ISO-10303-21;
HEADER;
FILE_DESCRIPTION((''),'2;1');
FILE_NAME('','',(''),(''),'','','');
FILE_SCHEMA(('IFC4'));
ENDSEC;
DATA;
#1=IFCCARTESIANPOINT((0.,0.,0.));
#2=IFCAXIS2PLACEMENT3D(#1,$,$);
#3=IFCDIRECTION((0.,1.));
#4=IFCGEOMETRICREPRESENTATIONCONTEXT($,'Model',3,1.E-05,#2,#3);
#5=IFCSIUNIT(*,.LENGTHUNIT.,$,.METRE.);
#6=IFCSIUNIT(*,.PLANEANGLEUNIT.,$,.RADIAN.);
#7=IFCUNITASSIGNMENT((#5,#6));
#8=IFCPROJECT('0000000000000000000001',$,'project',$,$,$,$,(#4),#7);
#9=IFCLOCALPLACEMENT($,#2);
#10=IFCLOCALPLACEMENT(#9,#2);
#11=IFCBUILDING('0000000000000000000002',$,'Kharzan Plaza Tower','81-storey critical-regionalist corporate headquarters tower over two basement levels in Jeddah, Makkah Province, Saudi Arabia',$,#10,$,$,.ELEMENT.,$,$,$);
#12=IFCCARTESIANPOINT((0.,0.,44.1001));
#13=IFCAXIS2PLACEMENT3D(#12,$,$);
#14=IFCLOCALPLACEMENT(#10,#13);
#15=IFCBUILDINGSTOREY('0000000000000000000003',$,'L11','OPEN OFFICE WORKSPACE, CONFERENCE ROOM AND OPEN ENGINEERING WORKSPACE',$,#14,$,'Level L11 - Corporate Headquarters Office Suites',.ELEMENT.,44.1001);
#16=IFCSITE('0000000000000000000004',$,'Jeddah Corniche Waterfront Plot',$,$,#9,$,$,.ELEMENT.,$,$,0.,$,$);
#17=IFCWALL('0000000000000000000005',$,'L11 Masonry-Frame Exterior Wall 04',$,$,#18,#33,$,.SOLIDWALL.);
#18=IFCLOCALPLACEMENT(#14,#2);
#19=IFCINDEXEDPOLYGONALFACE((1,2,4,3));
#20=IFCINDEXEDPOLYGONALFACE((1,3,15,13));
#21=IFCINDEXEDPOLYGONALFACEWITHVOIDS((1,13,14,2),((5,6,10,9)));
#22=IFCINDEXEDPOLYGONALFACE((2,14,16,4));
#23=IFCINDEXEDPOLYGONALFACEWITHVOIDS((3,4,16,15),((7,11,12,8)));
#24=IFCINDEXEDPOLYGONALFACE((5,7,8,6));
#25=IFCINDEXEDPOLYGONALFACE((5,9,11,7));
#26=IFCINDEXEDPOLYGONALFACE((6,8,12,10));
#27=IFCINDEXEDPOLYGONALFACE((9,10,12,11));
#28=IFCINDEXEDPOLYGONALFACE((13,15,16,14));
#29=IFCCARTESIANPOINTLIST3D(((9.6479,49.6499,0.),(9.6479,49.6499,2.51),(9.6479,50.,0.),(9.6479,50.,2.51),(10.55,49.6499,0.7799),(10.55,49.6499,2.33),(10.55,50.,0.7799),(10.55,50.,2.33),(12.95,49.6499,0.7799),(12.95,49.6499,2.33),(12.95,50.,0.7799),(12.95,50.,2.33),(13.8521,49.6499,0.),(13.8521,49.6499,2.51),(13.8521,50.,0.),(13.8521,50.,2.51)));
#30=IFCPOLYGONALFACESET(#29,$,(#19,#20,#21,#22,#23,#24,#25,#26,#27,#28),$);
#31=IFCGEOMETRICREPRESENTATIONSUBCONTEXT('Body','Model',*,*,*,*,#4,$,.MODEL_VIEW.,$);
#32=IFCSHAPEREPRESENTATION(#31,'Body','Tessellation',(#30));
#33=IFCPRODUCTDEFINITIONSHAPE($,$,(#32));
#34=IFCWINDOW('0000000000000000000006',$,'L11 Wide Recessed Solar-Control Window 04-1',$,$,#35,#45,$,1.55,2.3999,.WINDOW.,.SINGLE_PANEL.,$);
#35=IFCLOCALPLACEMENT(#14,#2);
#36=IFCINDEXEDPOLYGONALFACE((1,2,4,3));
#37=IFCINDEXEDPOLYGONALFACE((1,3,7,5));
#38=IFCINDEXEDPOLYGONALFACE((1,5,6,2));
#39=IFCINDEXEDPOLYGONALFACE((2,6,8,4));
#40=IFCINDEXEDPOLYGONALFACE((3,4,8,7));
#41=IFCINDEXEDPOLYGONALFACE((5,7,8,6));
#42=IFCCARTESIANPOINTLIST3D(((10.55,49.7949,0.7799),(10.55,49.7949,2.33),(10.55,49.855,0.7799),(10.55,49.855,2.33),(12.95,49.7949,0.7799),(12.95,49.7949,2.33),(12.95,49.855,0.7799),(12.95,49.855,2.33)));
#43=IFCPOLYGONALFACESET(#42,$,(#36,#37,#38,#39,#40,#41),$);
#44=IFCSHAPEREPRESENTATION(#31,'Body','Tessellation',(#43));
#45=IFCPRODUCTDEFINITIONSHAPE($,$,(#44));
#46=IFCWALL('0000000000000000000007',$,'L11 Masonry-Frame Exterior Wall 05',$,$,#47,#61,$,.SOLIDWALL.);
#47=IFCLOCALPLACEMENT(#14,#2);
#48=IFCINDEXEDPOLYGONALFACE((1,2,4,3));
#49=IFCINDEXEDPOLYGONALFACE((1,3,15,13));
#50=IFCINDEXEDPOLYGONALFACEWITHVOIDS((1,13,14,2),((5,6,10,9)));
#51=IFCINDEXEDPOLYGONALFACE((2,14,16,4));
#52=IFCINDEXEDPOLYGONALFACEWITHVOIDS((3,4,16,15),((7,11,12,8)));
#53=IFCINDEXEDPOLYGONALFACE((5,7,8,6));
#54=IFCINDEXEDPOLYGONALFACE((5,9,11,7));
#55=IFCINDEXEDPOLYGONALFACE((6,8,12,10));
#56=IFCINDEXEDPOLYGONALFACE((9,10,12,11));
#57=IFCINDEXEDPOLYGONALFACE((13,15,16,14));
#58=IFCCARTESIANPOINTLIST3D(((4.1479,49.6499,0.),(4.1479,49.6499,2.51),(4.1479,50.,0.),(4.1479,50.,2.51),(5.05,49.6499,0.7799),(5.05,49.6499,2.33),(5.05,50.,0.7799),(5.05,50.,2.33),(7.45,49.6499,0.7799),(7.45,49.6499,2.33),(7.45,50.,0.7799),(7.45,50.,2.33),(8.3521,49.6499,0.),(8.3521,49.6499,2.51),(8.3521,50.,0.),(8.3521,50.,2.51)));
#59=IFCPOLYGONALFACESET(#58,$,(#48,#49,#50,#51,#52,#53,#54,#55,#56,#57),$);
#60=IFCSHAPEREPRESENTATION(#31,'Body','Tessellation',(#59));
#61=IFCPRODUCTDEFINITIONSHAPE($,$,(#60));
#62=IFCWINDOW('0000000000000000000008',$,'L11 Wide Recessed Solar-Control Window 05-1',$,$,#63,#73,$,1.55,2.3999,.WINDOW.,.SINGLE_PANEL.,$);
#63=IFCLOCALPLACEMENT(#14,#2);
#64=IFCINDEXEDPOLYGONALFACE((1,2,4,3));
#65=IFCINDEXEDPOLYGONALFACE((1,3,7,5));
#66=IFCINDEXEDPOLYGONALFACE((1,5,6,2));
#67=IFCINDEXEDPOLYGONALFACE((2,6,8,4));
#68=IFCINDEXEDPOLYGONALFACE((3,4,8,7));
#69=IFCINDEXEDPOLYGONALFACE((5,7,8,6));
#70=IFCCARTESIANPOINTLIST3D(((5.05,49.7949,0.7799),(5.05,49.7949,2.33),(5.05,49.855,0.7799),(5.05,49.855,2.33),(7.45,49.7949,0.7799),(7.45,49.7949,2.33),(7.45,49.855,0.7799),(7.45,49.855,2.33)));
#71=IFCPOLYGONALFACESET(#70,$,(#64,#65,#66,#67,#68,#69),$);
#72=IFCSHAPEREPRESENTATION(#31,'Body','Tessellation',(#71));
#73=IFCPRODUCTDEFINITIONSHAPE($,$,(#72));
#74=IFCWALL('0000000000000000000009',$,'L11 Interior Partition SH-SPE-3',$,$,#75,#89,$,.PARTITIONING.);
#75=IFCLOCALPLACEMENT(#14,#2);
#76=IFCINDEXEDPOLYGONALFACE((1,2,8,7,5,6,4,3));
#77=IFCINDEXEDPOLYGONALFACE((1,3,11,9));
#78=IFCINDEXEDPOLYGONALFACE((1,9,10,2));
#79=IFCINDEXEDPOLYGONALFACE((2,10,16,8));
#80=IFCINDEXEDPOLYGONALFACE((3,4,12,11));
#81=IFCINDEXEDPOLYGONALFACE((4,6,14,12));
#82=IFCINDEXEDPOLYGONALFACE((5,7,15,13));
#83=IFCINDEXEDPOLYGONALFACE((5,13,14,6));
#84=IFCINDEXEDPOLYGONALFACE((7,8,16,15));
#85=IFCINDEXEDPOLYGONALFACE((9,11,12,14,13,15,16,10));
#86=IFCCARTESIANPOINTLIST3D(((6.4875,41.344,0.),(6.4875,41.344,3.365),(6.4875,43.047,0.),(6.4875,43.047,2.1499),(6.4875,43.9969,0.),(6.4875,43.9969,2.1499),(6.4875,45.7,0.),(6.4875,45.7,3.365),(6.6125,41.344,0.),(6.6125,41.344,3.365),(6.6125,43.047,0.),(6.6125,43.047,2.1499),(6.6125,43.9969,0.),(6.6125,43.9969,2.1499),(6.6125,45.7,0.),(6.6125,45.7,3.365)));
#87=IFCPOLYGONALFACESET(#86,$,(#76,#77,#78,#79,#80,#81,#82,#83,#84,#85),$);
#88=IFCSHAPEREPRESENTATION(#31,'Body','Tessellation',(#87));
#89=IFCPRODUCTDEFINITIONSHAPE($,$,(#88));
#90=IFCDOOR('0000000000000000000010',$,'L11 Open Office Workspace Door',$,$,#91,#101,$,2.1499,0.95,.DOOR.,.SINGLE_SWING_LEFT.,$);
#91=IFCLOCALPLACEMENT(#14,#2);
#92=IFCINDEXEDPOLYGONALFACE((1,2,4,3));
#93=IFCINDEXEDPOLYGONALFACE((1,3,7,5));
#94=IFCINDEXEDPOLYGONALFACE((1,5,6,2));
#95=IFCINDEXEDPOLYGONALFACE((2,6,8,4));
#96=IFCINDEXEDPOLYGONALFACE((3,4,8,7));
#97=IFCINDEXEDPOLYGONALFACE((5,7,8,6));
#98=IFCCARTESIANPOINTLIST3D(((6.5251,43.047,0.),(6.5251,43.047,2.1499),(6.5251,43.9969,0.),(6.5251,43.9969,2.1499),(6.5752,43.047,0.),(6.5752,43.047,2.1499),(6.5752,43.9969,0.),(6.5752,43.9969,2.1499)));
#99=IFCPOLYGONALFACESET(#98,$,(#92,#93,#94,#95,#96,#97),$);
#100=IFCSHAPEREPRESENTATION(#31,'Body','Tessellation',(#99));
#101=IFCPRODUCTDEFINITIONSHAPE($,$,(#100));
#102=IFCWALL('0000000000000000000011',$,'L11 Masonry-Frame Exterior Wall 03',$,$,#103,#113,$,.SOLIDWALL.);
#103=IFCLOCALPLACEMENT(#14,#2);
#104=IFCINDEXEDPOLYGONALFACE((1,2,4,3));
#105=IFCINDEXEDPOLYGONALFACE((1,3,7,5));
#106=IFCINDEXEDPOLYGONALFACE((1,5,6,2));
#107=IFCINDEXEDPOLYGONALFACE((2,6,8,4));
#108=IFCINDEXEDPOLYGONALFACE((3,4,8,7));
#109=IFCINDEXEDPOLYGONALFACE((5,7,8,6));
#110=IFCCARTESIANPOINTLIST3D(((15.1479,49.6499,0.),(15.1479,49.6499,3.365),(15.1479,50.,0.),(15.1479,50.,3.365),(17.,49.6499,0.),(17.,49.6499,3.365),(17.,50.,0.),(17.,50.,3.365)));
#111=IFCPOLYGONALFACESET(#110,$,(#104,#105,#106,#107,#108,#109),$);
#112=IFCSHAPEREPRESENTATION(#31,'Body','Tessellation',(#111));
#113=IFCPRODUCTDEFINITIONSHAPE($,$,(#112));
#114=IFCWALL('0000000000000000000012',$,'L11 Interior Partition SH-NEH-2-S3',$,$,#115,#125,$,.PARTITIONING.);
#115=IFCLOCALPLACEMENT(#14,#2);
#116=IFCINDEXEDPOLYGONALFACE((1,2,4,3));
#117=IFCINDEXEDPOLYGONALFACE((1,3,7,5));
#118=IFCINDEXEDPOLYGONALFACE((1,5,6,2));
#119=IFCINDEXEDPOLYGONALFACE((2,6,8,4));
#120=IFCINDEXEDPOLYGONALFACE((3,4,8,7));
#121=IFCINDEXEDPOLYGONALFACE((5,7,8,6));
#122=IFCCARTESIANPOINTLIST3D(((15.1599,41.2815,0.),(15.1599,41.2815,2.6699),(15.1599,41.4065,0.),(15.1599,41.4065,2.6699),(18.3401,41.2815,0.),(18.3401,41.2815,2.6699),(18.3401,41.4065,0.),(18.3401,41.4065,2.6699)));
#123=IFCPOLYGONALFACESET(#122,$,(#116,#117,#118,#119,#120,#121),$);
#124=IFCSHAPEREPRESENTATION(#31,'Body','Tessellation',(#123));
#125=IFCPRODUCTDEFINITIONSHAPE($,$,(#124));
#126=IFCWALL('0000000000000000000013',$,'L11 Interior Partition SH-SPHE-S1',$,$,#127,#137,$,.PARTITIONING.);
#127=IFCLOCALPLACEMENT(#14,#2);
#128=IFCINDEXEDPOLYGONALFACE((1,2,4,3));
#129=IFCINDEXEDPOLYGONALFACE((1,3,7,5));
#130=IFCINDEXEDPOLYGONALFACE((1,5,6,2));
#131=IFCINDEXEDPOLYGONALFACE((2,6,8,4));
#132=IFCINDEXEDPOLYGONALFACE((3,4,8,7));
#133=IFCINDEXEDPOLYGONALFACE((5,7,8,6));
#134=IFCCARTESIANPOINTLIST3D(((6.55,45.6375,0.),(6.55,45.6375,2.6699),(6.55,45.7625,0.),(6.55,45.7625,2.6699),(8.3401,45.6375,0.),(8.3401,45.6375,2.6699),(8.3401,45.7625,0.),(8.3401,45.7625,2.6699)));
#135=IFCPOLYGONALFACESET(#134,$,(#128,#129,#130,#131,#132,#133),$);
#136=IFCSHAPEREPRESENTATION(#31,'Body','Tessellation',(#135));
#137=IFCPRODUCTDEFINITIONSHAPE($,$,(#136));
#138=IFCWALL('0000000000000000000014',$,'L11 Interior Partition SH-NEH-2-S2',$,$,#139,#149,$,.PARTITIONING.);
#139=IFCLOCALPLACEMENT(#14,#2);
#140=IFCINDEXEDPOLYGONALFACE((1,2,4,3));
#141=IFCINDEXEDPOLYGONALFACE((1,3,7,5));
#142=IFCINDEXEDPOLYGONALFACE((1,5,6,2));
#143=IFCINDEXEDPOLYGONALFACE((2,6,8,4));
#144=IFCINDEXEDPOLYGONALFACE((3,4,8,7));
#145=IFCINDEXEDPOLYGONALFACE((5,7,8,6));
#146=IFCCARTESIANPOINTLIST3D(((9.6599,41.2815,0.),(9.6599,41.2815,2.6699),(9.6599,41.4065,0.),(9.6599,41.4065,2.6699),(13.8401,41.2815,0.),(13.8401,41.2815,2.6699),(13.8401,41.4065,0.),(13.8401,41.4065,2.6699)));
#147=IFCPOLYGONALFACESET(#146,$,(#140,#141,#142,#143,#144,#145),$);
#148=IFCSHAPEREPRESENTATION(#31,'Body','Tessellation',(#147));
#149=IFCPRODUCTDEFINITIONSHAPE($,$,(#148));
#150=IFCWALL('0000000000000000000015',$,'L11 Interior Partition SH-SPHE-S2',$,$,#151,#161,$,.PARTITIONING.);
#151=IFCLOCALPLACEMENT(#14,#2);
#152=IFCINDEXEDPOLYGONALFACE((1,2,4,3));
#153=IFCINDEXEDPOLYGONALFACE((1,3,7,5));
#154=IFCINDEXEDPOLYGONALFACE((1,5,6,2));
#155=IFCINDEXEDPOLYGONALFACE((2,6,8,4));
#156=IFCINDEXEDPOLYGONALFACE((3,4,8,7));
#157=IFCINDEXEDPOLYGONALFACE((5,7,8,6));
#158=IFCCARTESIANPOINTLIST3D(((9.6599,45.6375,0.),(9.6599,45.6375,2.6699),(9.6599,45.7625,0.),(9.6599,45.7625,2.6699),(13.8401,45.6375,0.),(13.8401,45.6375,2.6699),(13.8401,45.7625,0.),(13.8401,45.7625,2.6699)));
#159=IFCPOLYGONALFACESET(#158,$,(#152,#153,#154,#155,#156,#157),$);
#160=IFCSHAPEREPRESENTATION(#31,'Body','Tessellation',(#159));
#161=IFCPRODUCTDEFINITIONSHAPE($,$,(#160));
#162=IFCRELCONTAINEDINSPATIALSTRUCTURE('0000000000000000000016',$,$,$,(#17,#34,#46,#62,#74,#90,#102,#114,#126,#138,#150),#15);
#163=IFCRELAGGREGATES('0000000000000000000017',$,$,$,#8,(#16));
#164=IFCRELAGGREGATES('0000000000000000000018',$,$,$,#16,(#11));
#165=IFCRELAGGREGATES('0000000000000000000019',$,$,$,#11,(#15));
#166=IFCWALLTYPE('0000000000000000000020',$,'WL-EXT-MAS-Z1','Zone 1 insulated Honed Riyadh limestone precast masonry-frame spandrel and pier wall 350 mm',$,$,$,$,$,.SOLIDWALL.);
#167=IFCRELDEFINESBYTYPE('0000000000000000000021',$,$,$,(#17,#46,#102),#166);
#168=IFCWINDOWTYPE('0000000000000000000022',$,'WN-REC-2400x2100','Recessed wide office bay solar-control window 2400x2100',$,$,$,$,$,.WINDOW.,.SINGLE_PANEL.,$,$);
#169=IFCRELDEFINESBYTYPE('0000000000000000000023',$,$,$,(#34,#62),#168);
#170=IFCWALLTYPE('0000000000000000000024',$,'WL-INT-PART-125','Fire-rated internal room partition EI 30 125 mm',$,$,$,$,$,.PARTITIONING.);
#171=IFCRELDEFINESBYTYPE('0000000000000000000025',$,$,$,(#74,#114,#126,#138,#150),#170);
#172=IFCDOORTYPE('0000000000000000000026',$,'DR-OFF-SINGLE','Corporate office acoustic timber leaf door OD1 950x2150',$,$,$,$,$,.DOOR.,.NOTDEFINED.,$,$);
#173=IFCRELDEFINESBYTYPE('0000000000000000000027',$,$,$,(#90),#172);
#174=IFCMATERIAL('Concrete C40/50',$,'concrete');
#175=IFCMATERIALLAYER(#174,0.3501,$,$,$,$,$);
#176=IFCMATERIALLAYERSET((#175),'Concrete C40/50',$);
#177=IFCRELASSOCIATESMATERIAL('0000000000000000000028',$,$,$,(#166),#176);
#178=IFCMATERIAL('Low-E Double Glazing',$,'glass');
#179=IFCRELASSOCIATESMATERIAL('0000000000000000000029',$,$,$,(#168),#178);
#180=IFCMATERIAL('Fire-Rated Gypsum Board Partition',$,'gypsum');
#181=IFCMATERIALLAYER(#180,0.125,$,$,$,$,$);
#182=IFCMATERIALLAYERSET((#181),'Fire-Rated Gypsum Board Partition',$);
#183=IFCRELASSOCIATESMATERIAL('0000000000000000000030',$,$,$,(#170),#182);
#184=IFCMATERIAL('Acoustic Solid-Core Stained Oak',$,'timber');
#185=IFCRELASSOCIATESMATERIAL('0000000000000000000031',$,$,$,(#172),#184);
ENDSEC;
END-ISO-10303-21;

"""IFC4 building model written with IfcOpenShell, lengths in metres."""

from ifc_helpers import new_model, si_unit, direction, frame, frame_2d, origin, place, context, subcontext, project, spatial, rectangle, extrude, source, transform, mapped, material, layer, layer_set, type_object, element, fill, save


model = new_model("IFC4")

# Units and contexts
model_context = context("Model", 3, precision=1e-05, world=origin(), true_north=direction((0.0, 1.0)))
body_context = subcontext(model_context, "Body", "Model", "MODEL_VIEW")
ifc_project = project(units=[si_unit("LENGTHUNIT", "METRE"), si_unit("PLANEANGLEUNIT", "RADIAN")], contexts=[model_context])

# Site, building, storey
site_placement = place(None, origin())
site = spatial("IfcSite", under=ifc_project, at=site_placement, Name="Jeddah Corniche Waterfront Plot", CompositionType="ELEMENT", RefElevation=0.0)
building_placement = place(site_placement, origin())
building = spatial("IfcBuilding", under=site, at=building_placement, Name="Kharzan Plaza Tower", Description="81-storey critical-regionalist corporate headquarters tower over two basement levels in Jeddah, Makkah Province, Saudi Arabia", CompositionType="ELEMENT")
storey_placement = place(building_placement, frame((0.0, 0.0, 44.1001)))
storey = spatial("IfcBuildingStorey", under=building, at=storey_placement, Name="L11", Description="OPEN OFFICE WORKSPACE, CONFERENCE ROOM AND OPEN ENGINEERING WORKSPACE", LongName="Level L11 - Corporate Headquarters Office Suites", CompositionType="ELEMENT", Elevation=44.1001)

# Walls, openings, windows
ifc_material_1 = material(Name="Concrete C40/50", Category="concrete")
ifc_layer_1 = layer(ifc_material_1, 0.3501)
ifc_layer_set_1 = layer_set([ifc_layer_1], Name="Concrete C40/50")
wall_type_1 = type_object("IfcWallType", Name="WL-EXT-MAS-Z1", Description="Zone 1 insulated Honed Riyadh limestone precast masonry-frame spandrel and pier wall 350 mm", PredefinedType="SOLIDWALL", material=ifc_layer_set_1)
ifc_material_2 = material(Name="Low-E Double Glazing", Category="glass")
wall_1_placement = place(storey_placement, frame((13.8521, 49.825, 0.0), z_axis=(0.0, 0.0, 1.0), x_axis=(-1.0, 0.0, 0.0)))
wall_1 = element("IfcWall", 1, at=wall_1_placement, inside=storey, type_object=wall_type_1, Name="L11 Masonry-Frame Exterior Wall 04", PredefinedType="SOLIDWALL", context=body_context, shape_type="SweptSolid", body=[
    extrude(rectangle(XDim=4.2041, YDim=0.3501, at=frame_2d((2.1021, 0.0))), origin(), (0.0, 0.0, 1.0), 2.51),
])
opening_1_placement = place(wall_1_placement, frame((0.9021, 0.0, 0.78)))
opening_1 = element("IfcOpeningElement", 2, at=opening_1_placement, cuts=wall_1, PredefinedType="OPENING", context=body_context, shape_type="SweptSolid", body=[
    extrude(rectangle(XDim=2.3999, YDim=1.55, at=frame_2d((1.2, 0.7749))), frame((0.0, 0.1851, 0.0), z_axis=(0.0, -1.0, 0.0), x_axis=(1.0, 0.0, 0.0)), (0.0, 0.0, 1.0), 0.3701),
])
window_type_1 = type_object("IfcWindowType", Name="WN-REC-2400x2100", Description="Recessed wide office bay solar-control window 2400x2100", PartitioningType="SINGLE_PANEL", PredefinedType="WINDOW", material=ifc_material_2)
shared_shape_1 = source(origin(), body_context, "Body", "SweptSolid", [
    extrude(rectangle(XDim=2.3999, YDim=1.55, at=frame_2d((1.2, 0.7749))), frame((0.0, 0.03, 0.0), z_axis=(0.0, -1.0, 0.0), x_axis=(1.0, 0.0, 0.0)), (0.0, 0.0, 1.0), 0.0601),
])
window_1_placement = place(opening_1_placement, origin())
window_1 = element("IfcWindow", 3, at=window_1_placement, inside=storey, type_object=window_type_1, Name="L11 Wide Recessed Solar-Control Window 04-1", OverallHeight=1.55, OverallWidth=2.3999, PartitioningType="SINGLE_PANEL", PredefinedType="WINDOW", context=body_context, shape_type="MappedRepresentation", body=[
    mapped(shared_shape_1, transform((0.0, 0.0, 0.0), x_axis=(1.0, 0.0, 0.0), y_axis=(0.0, 1.0, 0.0), z_axis=(0.0, 0.0, 1.0))),
])
fill(opening_1, window_1)
wall_2_placement = place(storey_placement, frame((8.3521, 49.825, 0.0), z_axis=(0.0, 0.0, 1.0), x_axis=(-1.0, 0.0, 0.0)))
wall_2 = element("IfcWall", 4, at=wall_2_placement, inside=storey, type_object=wall_type_1, Name="L11 Masonry-Frame Exterior Wall 05", PredefinedType="SOLIDWALL", context=body_context, shape_type="SweptSolid", body=[
    extrude(rectangle(XDim=4.2041, YDim=0.3501, at=frame_2d((2.1021, 0.0))), origin(), (0.0, 0.0, 1.0), 2.51),
])
opening_2_placement = place(wall_2_placement, frame((0.9021, 0.0, 0.78)))
opening_2 = element("IfcOpeningElement", 5, at=opening_2_placement, cuts=wall_2, PredefinedType="OPENING", context=body_context, shape_type="SweptSolid", body=[
    extrude(rectangle(XDim=2.3999, YDim=1.55, at=frame_2d((1.2, 0.7749))), frame((0.0, 0.1851, 0.0), z_axis=(0.0, -1.0, 0.0), x_axis=(1.0, 0.0, 0.0)), (0.0, 0.0, 1.0), 0.3701),
])
window_2_placement = place(opening_2_placement, origin())
window_2 = element("IfcWindow", 6, at=window_2_placement, inside=storey, type_object=window_type_1, Name="L11 Wide Recessed Solar-Control Window 05-1", OverallHeight=1.55, OverallWidth=2.3999, PartitioningType="SINGLE_PANEL", PredefinedType="WINDOW", context=body_context, shape_type="MappedRepresentation", body=[
    mapped(shared_shape_1, transform((0.0, 0.0, 0.0), x_axis=(1.0, 0.0, 0.0), y_axis=(0.0, 1.0, 0.0), z_axis=(0.0, 0.0, 1.0))),
])
fill(opening_2, window_2)

# Wall, opening, door
ifc_material_3 = material(Name="Fire-Rated Gypsum Board Partition", Category="gypsum")
ifc_layer_2 = layer(ifc_material_3, 0.125)
ifc_layer_set_2 = layer_set([ifc_layer_2], Name="Fire-Rated Gypsum Board Partition")
wall_type_2 = type_object("IfcWallType", Name="WL-INT-PART-125", Description="Fire-rated internal room partition EI 30 125 mm", PredefinedType="PARTITIONING", material=ifc_layer_set_2)
wall_3_placement = place(storey_placement, frame((6.55, 41.344, 0.0), z_axis=(0.0, 0.0, 1.0), x_axis=(0.0, 1.0, 0.0)))
wall_3 = element("IfcWall", 7, at=wall_3_placement, inside=storey, type_object=wall_type_2, Name="L11 Interior Partition SH-SPE-3", PredefinedType="PARTITIONING", context=body_context, shape_type="SweptSolid", body=[
    extrude(rectangle(XDim=4.356, YDim=0.125, at=frame_2d((2.178, 0.0))), origin(), (0.0, 0.0, 1.0), 3.365),
])
opening_3_placement = place(wall_3_placement, frame((1.7029, 0.0, 0.0)))
opening_3 = element("IfcOpeningElement", 8, at=opening_3_placement, cuts=wall_3, PredefinedType="OPENING", context=body_context, shape_type="SweptSolid", body=[
    extrude(rectangle(XDim=0.95, YDim=2.1499, at=frame_2d((0.4751, 1.075))), frame((0.0, 0.0725, 0.0), z_axis=(0.0, -1.0, 0.0), x_axis=(1.0, 0.0, 0.0)), (0.0, 0.0, 1.0), 0.145),
])
ifc_material_4 = material(Name="Acoustic Solid-Core Stained Oak", Category="timber")
door_type = type_object("IfcDoorType", Name="DR-OFF-SINGLE", Description="Corporate office acoustic timber leaf door OD1 950x2150", OperationType="NOTDEFINED", PredefinedType="DOOR", material=ifc_material_4)
shared_shape_2 = source(origin(), body_context, "Body", "SweptSolid", [
    extrude(rectangle(XDim=0.95, YDim=2.1499, at=frame_2d((0.4751, 1.075))), frame((0.0, 0.0249, 0.0), z_axis=(0.0, -1.0, 0.0), x_axis=(1.0, 0.0, 0.0)), (0.0, 0.0, 1.0), 0.05),
])
door_placement = place(opening_3_placement, origin())
door = element("IfcDoor", 9, at=door_placement, inside=storey, type_object=door_type, Name="L11 Open Office Workspace Door", OperationType="SINGLE_SWING_LEFT", OverallHeight=2.1499, OverallWidth=0.95, PredefinedType="DOOR", context=body_context, shape_type="MappedRepresentation", body=[
    mapped(shared_shape_2, transform((0.0, 0.0, 0.0), x_axis=(1.0, 0.0, 0.0), y_axis=(0.0, 1.0, 0.0), z_axis=(0.0, 0.0, 1.0))),
])
fill(opening_3, door)

# Walls
shared_shape_3 = source(origin(), body_context, "Body", "SweptSolid", [
    extrude(rectangle(XDim=1.8521, YDim=0.3501, at=frame_2d((0.926, 0.0))), origin(), (0.0, 0.0, 1.0), 3.365),
])
wall_4_placement = place(storey_placement, frame((17.0, 49.825, 0.0), z_axis=(0.0, 0.0, 1.0), x_axis=(-1.0, 0.0, 0.0)))
element("IfcWall", 10, at=wall_4_placement, inside=storey, type_object=wall_type_1, Name="L11 Masonry-Frame Exterior Wall 03", PredefinedType="SOLIDWALL", context=body_context, shape_type="MappedRepresentation", body=[
    mapped(shared_shape_3, transform((0.0, 0.0, 0.0), x_axis=(1.0, 0.0, 0.0), y_axis=(0.0, 1.0, 0.0), z_axis=(0.0, 0.0, 1.0))),
])
shared_shape_4 = source(origin(), body_context, "Body", "SweptSolid", [
    extrude(rectangle(XDim=3.1802, YDim=0.125, at=frame_2d((1.5901, 0.0))), origin(), (0.0, 0.0, 1.0), 2.6699),
])
wall_5_placement = place(storey_placement, frame((15.1599, 41.344, 0.0), z_axis=(0.0, 0.0, 1.0), x_axis=(1.0, 0.0, 0.0)))
element("IfcWall", 11, at=wall_5_placement, inside=storey, type_object=wall_type_2, Name="L11 Interior Partition SH-NEH-2-S3", PredefinedType="PARTITIONING", context=body_context, shape_type="MappedRepresentation", body=[
    mapped(shared_shape_4, transform((0.0, 0.0, 0.0), x_axis=(1.0, 0.0, 0.0), y_axis=(0.0, 1.0, 0.0), z_axis=(0.0, 0.0, 1.0))),
])
shared_shape_5 = source(origin(), body_context, "Body", "SweptSolid", [
    extrude(rectangle(XDim=1.79, YDim=0.125, at=frame_2d((0.895, 0.0))), origin(), (0.0, 0.0, 1.0), 2.6699),
])
wall_6_placement = place(storey_placement, frame((6.55, 45.7, 0.0), z_axis=(0.0, 0.0, 1.0), x_axis=(1.0, 0.0, 0.0)))
element("IfcWall", 12, at=wall_6_placement, inside=storey, type_object=wall_type_2, Name="L11 Interior Partition SH-SPHE-S1", PredefinedType="PARTITIONING", context=body_context, shape_type="MappedRepresentation", body=[
    mapped(shared_shape_5, transform((0.0, 0.0, 0.0), x_axis=(1.0, 0.0, 0.0), y_axis=(0.0, 1.0, 0.0), z_axis=(0.0, 0.0, 1.0))),
])
shared_shape_6 = source(origin(), body_context, "Body", "SweptSolid", [
    extrude(rectangle(XDim=4.1802, YDim=0.125, at=frame_2d((2.0901, 0.0))), origin(), (0.0, 0.0, 1.0), 2.6699),
])
for number, where, z_axis, x_axis, name in (
    (13, (9.6599, 41.344, 0.0), (0.0, 0.0, 1.0), (1.0, 0.0, 0.0), "L11 Interior Partition SH-NEH-2-S2"),
    (14, (9.6599, 45.7, 0.0), (0.0, 0.0, 1.0), (1.0, 0.0, 0.0), "L11 Interior Partition SH-SPHE-S2"),
):
    element("IfcWall", number, at=place(storey_placement, frame(where, z_axis=z_axis, x_axis=x_axis)), inside=storey, type_object=wall_type_2, Name=name, PredefinedType="PARTITIONING", context=body_context, shape_type="MappedRepresentation", body=[
        mapped(shared_shape_6, transform((0.0, 0.0, 0.0), x_axis=(1.0, 0.0, 0.0), y_axis=(0.0, 1.0, 0.0), z_axis=(0.0, 0.0, 1.0))),
    ])

save(model, "model.ifc")
